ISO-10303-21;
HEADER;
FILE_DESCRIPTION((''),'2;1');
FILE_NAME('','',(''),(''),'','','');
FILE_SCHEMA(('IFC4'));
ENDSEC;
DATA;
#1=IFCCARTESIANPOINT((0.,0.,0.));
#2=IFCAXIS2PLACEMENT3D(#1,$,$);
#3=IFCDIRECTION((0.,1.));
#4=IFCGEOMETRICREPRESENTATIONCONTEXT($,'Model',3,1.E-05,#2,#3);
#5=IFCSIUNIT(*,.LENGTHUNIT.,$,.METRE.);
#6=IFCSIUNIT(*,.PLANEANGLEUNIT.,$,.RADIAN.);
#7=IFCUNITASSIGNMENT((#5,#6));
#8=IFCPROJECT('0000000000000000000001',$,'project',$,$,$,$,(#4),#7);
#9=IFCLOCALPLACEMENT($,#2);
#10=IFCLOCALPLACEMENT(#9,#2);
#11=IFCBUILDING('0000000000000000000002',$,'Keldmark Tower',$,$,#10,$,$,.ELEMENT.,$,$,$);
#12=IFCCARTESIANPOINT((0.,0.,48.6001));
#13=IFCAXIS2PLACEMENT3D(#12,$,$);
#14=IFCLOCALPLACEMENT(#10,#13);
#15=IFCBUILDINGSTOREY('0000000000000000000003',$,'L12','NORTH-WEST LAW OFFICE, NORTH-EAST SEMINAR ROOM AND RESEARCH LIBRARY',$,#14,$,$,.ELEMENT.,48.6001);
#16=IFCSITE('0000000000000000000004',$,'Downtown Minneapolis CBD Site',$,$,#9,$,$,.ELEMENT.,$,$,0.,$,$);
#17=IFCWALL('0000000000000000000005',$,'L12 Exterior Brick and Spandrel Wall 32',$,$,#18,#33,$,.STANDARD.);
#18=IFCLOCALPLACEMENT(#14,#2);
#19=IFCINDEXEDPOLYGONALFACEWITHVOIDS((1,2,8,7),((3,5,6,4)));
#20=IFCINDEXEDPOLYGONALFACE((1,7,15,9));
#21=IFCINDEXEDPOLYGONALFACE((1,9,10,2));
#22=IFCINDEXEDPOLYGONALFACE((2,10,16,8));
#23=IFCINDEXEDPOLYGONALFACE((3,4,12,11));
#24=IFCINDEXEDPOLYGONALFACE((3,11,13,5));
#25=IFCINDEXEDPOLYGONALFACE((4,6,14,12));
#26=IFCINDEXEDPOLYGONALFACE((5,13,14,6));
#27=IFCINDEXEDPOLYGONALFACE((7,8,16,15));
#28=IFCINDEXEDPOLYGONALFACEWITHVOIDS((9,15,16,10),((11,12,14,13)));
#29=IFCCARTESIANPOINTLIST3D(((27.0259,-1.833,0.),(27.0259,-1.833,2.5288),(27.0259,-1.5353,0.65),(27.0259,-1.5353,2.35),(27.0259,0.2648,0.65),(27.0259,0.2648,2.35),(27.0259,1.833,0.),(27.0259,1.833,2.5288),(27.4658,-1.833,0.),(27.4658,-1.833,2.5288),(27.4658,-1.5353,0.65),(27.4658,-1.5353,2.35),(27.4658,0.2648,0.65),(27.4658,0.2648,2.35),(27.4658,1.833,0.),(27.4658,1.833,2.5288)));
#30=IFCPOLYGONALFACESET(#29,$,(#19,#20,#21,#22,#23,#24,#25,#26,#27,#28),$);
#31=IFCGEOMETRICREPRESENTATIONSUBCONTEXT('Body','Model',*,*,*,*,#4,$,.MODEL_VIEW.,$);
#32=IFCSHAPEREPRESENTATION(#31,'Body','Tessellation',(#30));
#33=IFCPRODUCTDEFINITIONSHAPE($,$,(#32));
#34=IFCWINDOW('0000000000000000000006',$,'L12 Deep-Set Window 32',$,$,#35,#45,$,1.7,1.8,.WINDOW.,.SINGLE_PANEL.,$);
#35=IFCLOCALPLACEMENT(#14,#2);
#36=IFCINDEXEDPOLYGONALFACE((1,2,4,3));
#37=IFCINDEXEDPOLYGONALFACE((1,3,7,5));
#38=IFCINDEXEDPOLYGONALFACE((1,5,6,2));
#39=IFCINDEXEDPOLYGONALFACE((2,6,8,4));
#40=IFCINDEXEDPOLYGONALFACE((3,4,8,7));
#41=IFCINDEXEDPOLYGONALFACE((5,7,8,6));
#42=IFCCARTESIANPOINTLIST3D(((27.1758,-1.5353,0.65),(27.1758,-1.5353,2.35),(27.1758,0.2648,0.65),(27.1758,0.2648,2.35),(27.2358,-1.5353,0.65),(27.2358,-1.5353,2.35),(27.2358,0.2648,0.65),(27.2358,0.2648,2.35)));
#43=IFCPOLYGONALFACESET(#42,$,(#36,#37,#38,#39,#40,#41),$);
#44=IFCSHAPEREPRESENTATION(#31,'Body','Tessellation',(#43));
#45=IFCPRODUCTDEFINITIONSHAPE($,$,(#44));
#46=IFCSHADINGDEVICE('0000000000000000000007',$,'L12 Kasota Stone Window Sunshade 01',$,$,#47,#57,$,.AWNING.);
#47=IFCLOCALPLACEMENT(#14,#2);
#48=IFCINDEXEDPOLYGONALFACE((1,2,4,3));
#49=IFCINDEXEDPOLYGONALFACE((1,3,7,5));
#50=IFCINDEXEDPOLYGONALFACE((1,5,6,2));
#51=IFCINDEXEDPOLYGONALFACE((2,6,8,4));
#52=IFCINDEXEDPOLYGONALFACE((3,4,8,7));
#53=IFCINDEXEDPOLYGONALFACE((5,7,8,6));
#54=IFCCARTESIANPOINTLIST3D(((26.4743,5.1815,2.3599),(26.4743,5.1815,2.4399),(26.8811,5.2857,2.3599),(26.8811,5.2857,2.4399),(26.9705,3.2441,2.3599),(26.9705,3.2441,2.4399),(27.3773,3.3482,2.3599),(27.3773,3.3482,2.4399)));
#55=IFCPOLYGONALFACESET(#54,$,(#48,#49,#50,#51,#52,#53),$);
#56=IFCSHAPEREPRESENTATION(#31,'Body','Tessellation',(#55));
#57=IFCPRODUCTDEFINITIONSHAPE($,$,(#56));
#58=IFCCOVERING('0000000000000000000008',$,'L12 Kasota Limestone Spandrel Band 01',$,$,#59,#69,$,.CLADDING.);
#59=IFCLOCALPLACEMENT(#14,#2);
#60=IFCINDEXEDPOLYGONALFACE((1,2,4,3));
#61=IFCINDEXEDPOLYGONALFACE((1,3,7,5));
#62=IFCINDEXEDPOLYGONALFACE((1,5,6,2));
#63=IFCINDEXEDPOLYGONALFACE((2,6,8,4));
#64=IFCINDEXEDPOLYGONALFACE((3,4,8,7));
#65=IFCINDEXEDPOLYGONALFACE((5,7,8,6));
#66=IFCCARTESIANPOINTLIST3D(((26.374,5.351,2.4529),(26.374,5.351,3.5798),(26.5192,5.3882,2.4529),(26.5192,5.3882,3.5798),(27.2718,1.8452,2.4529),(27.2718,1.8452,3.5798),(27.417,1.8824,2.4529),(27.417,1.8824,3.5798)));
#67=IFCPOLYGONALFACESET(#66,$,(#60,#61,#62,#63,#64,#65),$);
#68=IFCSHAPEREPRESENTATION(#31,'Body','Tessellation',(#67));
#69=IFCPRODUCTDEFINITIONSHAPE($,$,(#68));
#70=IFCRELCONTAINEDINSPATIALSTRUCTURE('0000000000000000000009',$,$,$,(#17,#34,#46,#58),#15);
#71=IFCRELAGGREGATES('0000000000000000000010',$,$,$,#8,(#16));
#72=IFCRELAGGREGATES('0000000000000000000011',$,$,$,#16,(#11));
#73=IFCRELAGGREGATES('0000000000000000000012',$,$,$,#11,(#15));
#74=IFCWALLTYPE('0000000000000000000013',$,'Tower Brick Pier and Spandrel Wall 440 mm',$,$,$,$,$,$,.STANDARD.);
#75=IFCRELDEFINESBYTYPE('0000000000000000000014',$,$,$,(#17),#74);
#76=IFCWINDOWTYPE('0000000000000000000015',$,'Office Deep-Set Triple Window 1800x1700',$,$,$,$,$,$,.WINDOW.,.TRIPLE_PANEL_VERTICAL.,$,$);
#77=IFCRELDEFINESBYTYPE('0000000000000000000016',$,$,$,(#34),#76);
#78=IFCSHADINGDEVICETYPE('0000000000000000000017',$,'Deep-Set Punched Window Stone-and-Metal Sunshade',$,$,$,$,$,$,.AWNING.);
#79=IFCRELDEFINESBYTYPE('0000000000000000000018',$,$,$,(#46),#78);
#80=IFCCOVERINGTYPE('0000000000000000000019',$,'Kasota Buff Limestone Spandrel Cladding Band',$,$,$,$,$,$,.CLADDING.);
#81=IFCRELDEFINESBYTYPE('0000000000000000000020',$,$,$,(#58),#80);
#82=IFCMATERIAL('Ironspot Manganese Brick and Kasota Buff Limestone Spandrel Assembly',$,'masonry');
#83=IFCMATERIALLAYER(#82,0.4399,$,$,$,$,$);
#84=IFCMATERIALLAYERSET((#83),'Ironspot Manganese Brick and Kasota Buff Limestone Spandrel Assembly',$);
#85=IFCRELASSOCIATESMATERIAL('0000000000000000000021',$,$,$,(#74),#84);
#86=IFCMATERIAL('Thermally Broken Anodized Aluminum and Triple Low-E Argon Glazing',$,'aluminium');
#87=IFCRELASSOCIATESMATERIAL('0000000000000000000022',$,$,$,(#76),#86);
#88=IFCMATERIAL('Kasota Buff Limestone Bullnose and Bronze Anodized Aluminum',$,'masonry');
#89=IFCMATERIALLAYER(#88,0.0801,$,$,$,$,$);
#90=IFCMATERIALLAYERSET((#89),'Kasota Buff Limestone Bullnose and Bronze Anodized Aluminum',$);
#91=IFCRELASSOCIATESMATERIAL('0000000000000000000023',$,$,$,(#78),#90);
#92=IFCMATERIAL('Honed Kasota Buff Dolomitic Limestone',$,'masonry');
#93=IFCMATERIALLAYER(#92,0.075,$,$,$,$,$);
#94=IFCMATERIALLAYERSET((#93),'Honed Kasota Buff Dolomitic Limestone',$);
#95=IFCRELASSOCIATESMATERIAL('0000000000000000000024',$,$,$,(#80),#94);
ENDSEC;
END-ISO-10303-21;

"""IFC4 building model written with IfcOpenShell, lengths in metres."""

from ifc_helpers import new_model, si_unit, direction, frame, frame_2d, origin, origin_2d, place, context, subcontext, project, spatial, rectangle, extrude, material, layer, layer_set, type_object, element, fill, save


model = new_model("IFC4")

# Units and contexts
model_context = context("Model", 3, precision=1e-05, world=origin(), true_north=direction((0.0, 1.0)))
body_context = subcontext(model_context, "Body", "Model", "MODEL_VIEW")
ifc_project = project(units=[si_unit("LENGTHUNIT", "METRE"), si_unit("PLANEANGLEUNIT", "RADIAN")], contexts=[model_context])

# Site, building, storey
site_placement = place(None, origin())
site = spatial("IfcSite", under=ifc_project, at=site_placement, Name="Downtown Minneapolis CBD Site", CompositionType="ELEMENT", RefElevation=0.0)
building_placement = place(site_placement, origin())
building = spatial("IfcBuilding", under=site, at=building_placement, Name="Keldmark Tower", CompositionType="ELEMENT")
storey_placement = place(building_placement, frame((0.0, 0.0, 48.6001)))
storey = spatial("IfcBuildingStorey", under=building, at=storey_placement, Name="L12", Description="NORTH-WEST LAW OFFICE, NORTH-EAST SEMINAR ROOM AND RESEARCH LIBRARY", CompositionType="ELEMENT", Elevation=48.6001)

# Wall, opening, window
ifc_material_1 = material(Name="Ironspot Manganese Brick and Kasota Buff Limestone Spandrel Assembly", Category="masonry")
ifc_layer_1 = layer(ifc_material_1, 0.4399)
ifc_layer_set_1 = layer_set([ifc_layer_1], Name="Ironspot Manganese Brick and Kasota Buff Limestone Spandrel Assembly")
wall_type_1 = type_object("IfcWallType", Name="Tower Brick Pier and Spandrel Wall 440 mm", PredefinedType="STANDARD", material=ifc_layer_set_1)
ifc_material_2 = material(Name="Thermally Broken Anodized Aluminum and Triple Low-E Argon Glazing", Category="aluminium")
window_type_1 = type_object("IfcWindowType", Name="Office Deep-Set Triple Window 1800x1700", PartitioningType="TRIPLE_PANEL_VERTICAL", PredefinedType="WINDOW", material=ifc_material_2)
wall_1_placement = place(storey_placement, frame((27.2458, 1.833, 0.0), z_axis=(0.0, 0.0, 1.0), x_axis=(0.0, -1.0, 0.0)))
wall_1 = element("IfcWall", 1, at=wall_1_placement, inside=storey, type_object=wall_type_1, Name="L12 Exterior Brick and Spandrel Wall 32", PredefinedType="STANDARD", context=body_context, shape_type="SweptSolid", body=[
    extrude(rectangle(XDim=3.666, YDim=0.4399, at=frame_2d((1.833, 0.0))), origin(), (0.0, 0.0, 1.0), 2.5288),
])
opening_1_placement = place(wall_1_placement, frame((1.5684, 0.0, 0.6499)))
opening_1 = element("IfcOpeningElement", 2, at=opening_1_placement, cuts=wall_1, PredefinedType="OPENING", context=body_context, shape_type="SweptSolid", body=[
    extrude(rectangle(XDim=1.8, YDim=1.7, at=frame_2d((0.8999, 0.8501))), frame((0.0, 0.23, 0.0), z_axis=(0.0, -1.0, 0.0), x_axis=(1.0, 0.0, 0.0)), (0.0, 0.0, 1.0), 0.46),
])
window_1_placement = place(opening_1_placement, origin())
window_1 = element("IfcWindow", 3, at=window_1_placement, inside=storey, type_object=window_type_1, Name="L12 Deep-Set Window 32", OverallHeight=1.7, OverallWidth=1.8, PartitioningType="SINGLE_PANEL", PredefinedType="WINDOW", context=body_context, shape_type="SweptSolid", body=[
    extrude(rectangle(XDim=1.8, YDim=1.7, at=frame_2d((0.8999, 0.8501))), frame((0.0, -0.01, 0.0), z_axis=(0.0, -1.0, 0.0), x_axis=(1.0, 0.0, 0.0)), (0.0, 0.0, 1.0), 0.0601),
])
fill(opening_1, window_1)

# Shading device
ifc_material_3 = material(Name="Kasota Buff Limestone Bullnose and Bronze Anodized Aluminum", Category="masonry")
ifc_layer_2 = layer(ifc_material_3, 0.0801)
ifc_layer_set_2 = layer_set([ifc_layer_2], Name="Kasota Buff Limestone Bullnose and Bronze Anodized Aluminum")
shading_device_type = type_object("IfcShadingDeviceType", Name="Deep-Set Punched Window Stone-and-Metal Sunshade", PredefinedType="AWNING", material=ifc_layer_set_2)
shading_device_placement = place(storey_placement, frame((26.9258, 4.2649, 2.3599), z_axis=(0.0, 0.0, 1.0), x_axis=(0.248098, -0.968735, 0.0)))
element("IfcShadingDevice", 4, at=shading_device_placement, inside=storey, type_object=shading_device_type, Name="L12 Kasota Stone Window Sunshade 01", PredefinedType="AWNING", context=body_context, shape_type="SweptSolid", body=[
    extrude(rectangle(XDim=2.0, YDim=0.4199, at=origin_2d()), origin(), (0.0, 0.0, 1.0), 0.0801),
])

# Covering
ifc_material_4 = material(Name="Honed Kasota Buff Dolomitic Limestone", Category="masonry")
ifc_layer_3 = layer(ifc_material_4, 0.075)
ifc_layer_set_3 = layer_set([ifc_layer_3], Name="Honed Kasota Buff Dolomitic Limestone")
covering_type = type_object("IfcCoveringType", Name="Kasota Buff Limestone Spandrel Cladding Band", PredefinedType="CLADDING", material=ifc_layer_set_3)
covering_placement = place(storey_placement, frame((26.8955, 3.6167, 2.4529), z_axis=(0.0, 0.0, 1.0), x_axis=(-0.248098, 0.968735, 0.0)))
element("IfcCovering", 5, at=covering_placement, inside=storey, type_object=covering_type, Name="L12 Kasota Limestone Spandrel Band 01", PredefinedType="CLADDING", context=body_context, shape_type="SweptSolid", body=[
    extrude(rectangle(XDim=3.6189, YDim=0.1499, at=origin_2d()), origin(), (0.0, 0.0, 1.0), 1.127),
])

save(model, "model.ifc")
